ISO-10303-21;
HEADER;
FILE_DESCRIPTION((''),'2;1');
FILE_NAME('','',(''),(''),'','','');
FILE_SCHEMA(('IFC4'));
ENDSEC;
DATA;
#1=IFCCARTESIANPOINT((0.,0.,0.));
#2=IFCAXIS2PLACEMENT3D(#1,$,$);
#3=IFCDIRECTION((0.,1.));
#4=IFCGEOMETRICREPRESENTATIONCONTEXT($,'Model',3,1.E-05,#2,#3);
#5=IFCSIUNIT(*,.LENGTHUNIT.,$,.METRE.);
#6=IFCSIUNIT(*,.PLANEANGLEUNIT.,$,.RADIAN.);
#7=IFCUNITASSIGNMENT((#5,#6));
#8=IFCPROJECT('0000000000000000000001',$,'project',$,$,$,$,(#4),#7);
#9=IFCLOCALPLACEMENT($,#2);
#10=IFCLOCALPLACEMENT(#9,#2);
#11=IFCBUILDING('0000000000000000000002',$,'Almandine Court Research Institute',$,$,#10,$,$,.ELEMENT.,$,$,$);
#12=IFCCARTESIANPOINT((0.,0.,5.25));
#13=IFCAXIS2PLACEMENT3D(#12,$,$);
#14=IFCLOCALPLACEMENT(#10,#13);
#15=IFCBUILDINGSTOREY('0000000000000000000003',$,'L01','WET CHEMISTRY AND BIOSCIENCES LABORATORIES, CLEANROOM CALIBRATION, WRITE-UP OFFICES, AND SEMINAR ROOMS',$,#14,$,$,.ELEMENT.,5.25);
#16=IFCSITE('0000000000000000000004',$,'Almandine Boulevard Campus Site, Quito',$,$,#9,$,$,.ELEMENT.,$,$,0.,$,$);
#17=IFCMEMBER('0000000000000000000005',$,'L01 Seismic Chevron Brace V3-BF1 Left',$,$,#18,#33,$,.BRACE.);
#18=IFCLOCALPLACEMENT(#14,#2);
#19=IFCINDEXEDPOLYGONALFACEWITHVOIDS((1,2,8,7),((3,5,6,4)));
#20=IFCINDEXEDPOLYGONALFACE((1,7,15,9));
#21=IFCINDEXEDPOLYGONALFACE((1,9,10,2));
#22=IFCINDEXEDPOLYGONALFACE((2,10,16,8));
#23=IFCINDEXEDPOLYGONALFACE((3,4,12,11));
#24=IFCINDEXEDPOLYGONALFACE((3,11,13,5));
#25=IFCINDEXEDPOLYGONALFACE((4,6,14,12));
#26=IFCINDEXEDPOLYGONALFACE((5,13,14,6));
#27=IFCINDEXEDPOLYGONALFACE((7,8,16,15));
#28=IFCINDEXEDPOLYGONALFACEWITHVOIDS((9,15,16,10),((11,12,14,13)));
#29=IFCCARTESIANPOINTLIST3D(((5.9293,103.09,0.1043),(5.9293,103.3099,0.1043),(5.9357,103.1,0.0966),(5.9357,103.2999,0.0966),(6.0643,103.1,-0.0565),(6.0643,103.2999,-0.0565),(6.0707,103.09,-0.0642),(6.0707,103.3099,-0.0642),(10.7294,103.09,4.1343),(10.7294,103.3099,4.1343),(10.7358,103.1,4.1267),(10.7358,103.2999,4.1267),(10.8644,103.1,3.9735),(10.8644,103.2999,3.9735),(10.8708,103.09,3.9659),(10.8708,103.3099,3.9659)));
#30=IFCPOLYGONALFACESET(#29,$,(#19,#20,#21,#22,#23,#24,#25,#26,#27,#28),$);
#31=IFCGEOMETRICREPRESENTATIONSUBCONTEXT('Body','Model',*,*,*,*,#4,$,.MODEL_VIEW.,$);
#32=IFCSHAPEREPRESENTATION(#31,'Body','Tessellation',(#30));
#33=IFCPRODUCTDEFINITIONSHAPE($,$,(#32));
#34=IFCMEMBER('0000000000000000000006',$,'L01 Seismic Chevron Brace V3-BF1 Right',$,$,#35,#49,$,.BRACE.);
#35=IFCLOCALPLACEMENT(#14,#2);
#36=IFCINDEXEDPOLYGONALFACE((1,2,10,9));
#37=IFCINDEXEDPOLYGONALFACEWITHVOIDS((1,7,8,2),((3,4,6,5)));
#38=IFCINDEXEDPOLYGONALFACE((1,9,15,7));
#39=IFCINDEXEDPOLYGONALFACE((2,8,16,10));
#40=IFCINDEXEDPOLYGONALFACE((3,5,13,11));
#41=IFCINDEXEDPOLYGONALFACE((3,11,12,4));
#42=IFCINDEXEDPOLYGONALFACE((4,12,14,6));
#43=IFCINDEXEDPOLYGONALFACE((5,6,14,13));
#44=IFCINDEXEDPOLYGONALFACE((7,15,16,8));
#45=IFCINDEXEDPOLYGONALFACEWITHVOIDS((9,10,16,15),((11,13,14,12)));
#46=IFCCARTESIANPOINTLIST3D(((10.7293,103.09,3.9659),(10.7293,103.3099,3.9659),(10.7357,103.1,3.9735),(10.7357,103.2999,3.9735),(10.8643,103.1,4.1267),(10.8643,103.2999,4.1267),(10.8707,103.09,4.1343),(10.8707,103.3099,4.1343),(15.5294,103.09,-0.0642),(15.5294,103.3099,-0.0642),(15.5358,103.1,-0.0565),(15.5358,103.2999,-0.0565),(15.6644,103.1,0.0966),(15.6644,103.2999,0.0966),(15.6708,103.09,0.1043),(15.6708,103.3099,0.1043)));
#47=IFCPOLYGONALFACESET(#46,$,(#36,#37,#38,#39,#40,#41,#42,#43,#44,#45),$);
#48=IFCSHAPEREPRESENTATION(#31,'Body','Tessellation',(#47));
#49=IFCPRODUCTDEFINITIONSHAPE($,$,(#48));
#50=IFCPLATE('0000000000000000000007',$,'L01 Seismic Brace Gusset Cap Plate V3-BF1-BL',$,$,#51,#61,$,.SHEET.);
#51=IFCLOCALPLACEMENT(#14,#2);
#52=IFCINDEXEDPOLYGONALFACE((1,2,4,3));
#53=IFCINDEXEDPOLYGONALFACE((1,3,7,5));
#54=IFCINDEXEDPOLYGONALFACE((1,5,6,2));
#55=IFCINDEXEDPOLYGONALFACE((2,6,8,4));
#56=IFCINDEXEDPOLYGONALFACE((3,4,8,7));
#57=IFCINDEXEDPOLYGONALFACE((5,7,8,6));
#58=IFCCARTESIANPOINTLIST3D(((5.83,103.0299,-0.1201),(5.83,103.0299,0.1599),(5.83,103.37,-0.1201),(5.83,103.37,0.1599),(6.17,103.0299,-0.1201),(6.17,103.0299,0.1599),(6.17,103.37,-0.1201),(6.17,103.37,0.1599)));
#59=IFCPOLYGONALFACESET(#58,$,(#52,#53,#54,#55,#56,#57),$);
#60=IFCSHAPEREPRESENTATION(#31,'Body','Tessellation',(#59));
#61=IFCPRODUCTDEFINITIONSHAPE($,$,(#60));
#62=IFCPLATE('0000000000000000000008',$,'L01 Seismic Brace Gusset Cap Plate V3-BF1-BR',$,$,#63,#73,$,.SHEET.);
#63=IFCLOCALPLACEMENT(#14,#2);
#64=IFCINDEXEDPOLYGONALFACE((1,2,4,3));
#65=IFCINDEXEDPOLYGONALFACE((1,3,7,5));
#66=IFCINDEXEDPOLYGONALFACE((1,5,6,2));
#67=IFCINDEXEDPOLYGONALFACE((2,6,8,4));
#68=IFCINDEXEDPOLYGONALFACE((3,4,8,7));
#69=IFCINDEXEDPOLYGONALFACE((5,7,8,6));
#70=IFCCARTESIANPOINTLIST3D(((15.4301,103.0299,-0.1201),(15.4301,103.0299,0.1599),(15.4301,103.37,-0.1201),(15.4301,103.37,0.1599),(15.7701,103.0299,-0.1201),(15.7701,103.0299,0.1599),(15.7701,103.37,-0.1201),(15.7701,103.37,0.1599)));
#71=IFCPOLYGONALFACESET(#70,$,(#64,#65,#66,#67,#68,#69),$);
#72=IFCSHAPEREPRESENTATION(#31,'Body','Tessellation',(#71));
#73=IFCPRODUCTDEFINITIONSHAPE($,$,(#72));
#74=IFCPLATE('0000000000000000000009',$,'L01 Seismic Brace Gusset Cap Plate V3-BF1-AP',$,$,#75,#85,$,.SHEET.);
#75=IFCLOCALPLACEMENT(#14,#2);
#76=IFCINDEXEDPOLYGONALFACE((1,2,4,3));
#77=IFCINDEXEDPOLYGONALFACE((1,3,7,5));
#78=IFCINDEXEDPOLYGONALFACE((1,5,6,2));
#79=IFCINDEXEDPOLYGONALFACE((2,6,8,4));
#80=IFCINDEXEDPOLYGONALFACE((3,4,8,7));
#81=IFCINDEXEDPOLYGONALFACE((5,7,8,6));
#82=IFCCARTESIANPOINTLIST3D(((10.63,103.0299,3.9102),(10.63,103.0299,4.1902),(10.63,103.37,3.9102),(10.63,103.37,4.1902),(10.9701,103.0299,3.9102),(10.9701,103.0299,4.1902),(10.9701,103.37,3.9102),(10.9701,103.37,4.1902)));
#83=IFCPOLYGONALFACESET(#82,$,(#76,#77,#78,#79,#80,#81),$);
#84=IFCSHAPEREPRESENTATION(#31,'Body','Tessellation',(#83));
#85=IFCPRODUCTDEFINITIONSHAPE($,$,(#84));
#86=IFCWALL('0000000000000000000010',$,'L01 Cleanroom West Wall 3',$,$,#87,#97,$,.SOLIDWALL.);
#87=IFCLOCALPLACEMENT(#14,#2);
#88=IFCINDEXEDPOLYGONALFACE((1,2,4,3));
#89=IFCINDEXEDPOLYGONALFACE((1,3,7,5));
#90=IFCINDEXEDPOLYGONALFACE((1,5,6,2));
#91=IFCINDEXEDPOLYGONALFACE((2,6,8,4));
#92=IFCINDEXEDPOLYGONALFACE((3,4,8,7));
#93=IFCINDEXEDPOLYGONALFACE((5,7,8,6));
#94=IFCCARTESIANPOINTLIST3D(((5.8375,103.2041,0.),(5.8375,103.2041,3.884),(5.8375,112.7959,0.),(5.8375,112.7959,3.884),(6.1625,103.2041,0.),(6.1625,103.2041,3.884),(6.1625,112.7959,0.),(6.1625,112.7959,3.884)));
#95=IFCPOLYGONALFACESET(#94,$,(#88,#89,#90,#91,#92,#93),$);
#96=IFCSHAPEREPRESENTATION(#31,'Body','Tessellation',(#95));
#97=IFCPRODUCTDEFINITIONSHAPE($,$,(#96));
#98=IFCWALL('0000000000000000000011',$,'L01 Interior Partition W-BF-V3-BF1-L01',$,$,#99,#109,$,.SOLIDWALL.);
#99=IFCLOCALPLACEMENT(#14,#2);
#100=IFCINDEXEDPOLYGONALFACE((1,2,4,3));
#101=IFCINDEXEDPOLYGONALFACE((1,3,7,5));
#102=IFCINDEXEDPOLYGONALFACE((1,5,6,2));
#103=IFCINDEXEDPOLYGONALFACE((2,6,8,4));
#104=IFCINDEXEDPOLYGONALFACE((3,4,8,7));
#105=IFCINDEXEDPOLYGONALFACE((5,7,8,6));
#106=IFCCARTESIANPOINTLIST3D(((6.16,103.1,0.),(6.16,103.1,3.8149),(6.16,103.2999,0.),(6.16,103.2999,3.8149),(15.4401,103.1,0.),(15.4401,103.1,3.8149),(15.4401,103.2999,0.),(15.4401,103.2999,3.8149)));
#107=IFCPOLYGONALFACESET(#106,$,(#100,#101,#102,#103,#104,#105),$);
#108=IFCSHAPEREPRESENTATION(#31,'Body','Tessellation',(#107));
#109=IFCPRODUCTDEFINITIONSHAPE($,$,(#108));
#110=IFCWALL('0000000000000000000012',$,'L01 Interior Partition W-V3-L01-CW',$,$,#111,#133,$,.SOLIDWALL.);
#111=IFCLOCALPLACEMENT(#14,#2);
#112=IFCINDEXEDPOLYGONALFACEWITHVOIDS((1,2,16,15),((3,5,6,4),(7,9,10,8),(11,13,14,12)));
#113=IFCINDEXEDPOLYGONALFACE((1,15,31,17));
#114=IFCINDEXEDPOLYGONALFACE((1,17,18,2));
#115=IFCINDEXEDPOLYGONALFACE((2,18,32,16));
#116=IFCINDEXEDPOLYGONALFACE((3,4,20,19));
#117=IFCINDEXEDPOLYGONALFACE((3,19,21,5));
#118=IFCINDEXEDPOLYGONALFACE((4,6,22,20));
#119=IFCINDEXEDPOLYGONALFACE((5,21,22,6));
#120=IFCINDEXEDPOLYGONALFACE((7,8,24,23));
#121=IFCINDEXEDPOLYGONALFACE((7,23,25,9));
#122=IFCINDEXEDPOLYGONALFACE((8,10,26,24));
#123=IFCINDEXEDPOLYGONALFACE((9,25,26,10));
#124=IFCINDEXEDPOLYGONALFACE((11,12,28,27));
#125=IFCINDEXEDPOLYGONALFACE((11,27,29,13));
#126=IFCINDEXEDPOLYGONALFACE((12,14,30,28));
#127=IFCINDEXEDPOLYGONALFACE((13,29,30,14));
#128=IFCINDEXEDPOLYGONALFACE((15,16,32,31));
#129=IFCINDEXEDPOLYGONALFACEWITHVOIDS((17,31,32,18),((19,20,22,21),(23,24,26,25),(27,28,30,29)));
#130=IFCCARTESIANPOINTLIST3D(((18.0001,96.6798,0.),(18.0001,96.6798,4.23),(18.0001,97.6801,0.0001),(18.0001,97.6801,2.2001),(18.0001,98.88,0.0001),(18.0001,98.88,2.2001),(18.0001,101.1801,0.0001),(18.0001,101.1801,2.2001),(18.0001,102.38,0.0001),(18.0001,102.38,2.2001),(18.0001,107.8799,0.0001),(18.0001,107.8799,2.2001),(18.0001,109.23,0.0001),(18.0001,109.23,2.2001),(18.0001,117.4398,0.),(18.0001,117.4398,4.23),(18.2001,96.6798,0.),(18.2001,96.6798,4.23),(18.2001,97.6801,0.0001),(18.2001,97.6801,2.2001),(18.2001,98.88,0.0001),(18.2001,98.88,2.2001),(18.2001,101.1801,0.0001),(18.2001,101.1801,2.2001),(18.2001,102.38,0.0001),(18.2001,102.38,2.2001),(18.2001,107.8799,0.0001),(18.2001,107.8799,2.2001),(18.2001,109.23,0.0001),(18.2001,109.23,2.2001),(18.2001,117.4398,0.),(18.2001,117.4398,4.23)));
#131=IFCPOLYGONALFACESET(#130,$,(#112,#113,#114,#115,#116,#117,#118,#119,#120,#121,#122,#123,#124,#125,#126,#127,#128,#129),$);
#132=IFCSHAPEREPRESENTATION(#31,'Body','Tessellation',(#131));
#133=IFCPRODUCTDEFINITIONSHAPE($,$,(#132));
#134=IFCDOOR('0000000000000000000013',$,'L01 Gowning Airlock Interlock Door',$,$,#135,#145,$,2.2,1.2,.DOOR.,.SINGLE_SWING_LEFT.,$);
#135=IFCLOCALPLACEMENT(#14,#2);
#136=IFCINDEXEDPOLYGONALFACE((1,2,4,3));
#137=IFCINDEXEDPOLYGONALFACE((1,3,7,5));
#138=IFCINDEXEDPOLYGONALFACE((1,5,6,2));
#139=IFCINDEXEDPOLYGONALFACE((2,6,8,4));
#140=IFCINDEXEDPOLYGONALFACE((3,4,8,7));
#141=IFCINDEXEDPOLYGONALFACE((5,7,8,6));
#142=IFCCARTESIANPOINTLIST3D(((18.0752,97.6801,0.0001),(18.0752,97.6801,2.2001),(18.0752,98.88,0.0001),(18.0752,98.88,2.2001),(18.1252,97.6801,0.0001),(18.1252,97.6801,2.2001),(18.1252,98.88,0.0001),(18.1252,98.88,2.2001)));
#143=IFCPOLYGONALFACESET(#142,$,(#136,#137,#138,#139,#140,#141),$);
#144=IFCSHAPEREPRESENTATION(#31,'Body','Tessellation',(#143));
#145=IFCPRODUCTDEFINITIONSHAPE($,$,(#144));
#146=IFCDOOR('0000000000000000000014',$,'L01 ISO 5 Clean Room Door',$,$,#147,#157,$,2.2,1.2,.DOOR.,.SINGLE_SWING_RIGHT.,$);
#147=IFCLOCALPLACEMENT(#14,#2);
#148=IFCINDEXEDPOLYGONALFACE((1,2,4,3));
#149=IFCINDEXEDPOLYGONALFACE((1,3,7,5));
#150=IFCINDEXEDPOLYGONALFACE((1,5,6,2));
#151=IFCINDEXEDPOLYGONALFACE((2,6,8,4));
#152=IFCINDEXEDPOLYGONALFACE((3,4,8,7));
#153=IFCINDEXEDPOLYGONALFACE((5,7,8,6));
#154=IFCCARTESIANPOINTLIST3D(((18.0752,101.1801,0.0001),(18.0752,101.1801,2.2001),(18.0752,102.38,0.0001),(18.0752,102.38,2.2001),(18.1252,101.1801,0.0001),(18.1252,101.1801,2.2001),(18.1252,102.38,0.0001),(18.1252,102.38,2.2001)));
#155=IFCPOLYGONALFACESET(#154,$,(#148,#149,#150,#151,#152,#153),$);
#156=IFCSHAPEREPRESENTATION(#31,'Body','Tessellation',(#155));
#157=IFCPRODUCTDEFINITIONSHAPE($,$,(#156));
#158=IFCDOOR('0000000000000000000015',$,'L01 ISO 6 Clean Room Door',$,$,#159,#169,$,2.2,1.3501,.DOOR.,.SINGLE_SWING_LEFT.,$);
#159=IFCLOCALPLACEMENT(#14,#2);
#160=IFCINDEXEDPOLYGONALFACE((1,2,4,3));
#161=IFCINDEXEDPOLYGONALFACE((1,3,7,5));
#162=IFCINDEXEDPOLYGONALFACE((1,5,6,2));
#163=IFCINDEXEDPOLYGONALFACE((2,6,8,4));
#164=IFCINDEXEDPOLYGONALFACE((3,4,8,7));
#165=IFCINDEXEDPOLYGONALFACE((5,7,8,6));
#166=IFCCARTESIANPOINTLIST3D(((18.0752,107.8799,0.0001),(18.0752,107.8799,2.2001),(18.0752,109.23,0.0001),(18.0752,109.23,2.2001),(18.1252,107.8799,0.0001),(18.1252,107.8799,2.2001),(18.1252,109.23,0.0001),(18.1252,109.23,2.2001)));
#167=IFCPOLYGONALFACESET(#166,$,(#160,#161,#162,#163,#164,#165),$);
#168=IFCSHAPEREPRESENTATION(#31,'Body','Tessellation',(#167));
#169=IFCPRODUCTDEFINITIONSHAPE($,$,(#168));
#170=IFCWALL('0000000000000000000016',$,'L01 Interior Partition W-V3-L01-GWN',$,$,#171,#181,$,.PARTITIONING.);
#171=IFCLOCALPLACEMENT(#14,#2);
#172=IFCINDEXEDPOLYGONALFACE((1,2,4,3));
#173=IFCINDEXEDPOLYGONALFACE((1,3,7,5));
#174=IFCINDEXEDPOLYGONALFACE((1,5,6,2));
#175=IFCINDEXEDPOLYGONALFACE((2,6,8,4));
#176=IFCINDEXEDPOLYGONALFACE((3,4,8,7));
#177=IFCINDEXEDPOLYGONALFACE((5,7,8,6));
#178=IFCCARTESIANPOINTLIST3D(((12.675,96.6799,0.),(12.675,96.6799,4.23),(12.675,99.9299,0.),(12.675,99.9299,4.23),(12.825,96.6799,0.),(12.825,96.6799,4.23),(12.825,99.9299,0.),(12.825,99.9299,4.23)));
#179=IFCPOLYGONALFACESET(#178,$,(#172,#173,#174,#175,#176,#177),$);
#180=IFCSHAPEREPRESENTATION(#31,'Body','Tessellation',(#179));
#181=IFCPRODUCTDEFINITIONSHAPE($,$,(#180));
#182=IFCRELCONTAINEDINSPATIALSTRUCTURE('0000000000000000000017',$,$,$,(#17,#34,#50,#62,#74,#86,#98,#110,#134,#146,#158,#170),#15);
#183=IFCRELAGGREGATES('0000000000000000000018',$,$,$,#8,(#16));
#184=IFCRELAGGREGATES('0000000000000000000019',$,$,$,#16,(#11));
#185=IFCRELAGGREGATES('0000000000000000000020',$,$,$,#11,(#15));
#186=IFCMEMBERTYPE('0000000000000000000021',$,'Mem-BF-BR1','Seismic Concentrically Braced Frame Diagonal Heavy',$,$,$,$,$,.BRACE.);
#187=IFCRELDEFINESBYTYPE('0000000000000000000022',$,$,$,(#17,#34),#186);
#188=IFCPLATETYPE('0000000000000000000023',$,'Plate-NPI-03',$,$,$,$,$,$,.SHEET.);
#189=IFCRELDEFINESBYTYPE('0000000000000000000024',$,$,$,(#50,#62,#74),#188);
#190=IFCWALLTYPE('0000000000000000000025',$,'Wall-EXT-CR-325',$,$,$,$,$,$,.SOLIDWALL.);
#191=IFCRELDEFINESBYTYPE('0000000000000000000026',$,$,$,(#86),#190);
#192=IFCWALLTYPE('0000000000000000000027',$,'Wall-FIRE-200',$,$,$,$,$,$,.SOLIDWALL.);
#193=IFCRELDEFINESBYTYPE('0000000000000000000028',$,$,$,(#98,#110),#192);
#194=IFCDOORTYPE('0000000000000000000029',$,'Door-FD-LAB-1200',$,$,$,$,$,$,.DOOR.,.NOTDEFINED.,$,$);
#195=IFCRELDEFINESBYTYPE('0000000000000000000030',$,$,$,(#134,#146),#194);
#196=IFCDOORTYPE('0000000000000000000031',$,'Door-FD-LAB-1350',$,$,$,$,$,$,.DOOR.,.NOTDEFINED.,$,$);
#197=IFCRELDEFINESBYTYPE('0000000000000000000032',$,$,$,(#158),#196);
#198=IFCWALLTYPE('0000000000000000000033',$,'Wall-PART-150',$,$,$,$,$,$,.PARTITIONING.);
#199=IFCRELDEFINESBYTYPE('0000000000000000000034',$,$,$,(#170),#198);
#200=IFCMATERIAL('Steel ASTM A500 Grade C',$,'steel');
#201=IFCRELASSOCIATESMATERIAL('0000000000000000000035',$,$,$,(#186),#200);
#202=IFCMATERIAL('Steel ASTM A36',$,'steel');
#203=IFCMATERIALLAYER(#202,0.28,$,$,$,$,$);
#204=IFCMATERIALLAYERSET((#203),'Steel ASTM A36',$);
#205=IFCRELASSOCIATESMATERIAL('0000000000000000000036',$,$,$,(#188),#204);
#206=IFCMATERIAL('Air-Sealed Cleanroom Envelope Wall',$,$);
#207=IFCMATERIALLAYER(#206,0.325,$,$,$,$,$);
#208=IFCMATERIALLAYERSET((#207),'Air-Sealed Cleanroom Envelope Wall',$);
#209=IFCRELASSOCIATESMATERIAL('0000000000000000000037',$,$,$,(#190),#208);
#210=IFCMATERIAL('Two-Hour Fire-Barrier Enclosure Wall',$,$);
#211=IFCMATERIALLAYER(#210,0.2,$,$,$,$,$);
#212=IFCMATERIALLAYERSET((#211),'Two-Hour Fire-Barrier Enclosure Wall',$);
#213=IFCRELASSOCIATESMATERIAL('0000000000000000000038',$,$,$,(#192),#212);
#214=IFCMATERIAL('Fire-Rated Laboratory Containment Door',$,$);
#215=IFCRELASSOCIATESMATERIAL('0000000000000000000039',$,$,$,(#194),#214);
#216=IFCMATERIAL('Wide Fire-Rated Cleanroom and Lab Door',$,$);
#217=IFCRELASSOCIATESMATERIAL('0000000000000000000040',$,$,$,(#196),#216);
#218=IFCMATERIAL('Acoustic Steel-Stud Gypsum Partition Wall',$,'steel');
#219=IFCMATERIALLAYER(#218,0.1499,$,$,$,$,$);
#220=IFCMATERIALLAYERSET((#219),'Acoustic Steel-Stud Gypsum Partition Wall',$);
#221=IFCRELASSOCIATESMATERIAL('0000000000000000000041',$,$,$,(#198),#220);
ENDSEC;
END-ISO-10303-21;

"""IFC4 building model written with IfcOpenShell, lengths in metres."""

from ifc_helpers import new_model, si_unit, direction, frame, frame_2d, origin, origin_2d, place, context, subcontext, project, spatial, rectangle, hollow_rectangle, extrude, material, layer, layer_set, material_profile, profile_set, type_object, element, fill, save


model = new_model("IFC4")

# Units and contexts
model_context = context("Model", 3, precision=1e-05, world=origin(), true_north=direction((0.0, 1.0)))
body_context = subcontext(model_context, "Body", "Model", "MODEL_VIEW")
ifc_project = project(units=[si_unit("LENGTHUNIT", "METRE"), si_unit("PLANEANGLEUNIT", "RADIAN")], contexts=[model_context])

# Site, building, storey
site_placement = place(None, origin())
site = spatial("IfcSite", under=ifc_project, at=site_placement, Name="Almandine Boulevard Campus Site, Quito", CompositionType="ELEMENT", RefElevation=0.0)
building_placement = place(site_placement, origin())
building = spatial("IfcBuilding", under=site, at=building_placement, Name="Almandine Court Research Institute", CompositionType="ELEMENT")
storey_placement = place(building_placement, frame((0.0, 0.0, 5.25)))
storey = spatial("IfcBuildingStorey", under=building, at=storey_placement, Name="L01", Description="WET CHEMISTRY AND BIOSCIENCES LABORATORIES, CLEANROOM CALIBRATION, WRITE-UP OFFICES, AND SEMINAR ROOMS", CompositionType="ELEMENT", Elevation=5.25)

# Members
ifc_material_1 = material(Name="Steel ASTM A500 Grade C", Category="steel")
ifc_material_profile_1 = material_profile(ifc_material_1, hollow_rectangle(XDim=0.22, YDim=0.22, WallThickness=0.01, at=origin_2d()), Name="HSS 220x220x10")
ifc_profile_set_1 = profile_set([ifc_material_profile_1], Name="Steel ASTM A500 Grade C")
member_type = type_object("IfcMemberType", Name="Mem-BF-BR1", Description="Seismic Concentrically Braced Frame Diagonal Heavy", PredefinedType="BRACE", material=ifc_profile_set_1)
for number, where, z_axis, x_axis, name in (
    (1, (6.0, 103.2, 0.02), (0.765863, 0.0, 0.643004), (0.0, 1.0, 0.0), "L01 Seismic Chevron Brace V3-BF1 Left"),
    (2, (15.6001, 103.2, 0.02), (-0.765863, 0.0, 0.643004), (0.0, -1.0, 0.0), "L01 Seismic Chevron Brace V3-BF1 Right"),
):
    element("IfcMember", number, at=place(storey_placement, frame(where, z_axis=z_axis, x_axis=x_axis)), inside=storey, type_object=member_type, Name=name, PredefinedType="BRACE", context=body_context, shape_type="SweptSolid", body=[
        extrude(hollow_rectangle(XDim=0.22, YDim=0.22, WallThickness=0.01, at=origin_2d()), origin(), (0.0, 0.0, 1.0), 6.2676),
    ])

# Plates
ifc_material_2 = material(Name="Steel ASTM A36", Category="steel")
ifc_layer_1 = layer(ifc_material_2, 0.28)
ifc_layer_set_1 = layer_set([ifc_layer_1], Name="Steel ASTM A36")
plate_type = type_object("IfcPlateType", Name="Plate-NPI-03", PredefinedType="SHEET", material=ifc_layer_set_1)
for number, where, z_axis, x_axis, name in (
    (3, (6.0, 103.2, -0.1201), (0.0, 0.0, 1.0), (1.0, 0.0, 0.0), "L01 Seismic Brace Gusset Cap Plate V3-BF1-BL"),
    (4, (15.6001, 103.2, -0.1201), (0.0, 0.0, 1.0), (1.0, 0.0, 0.0), "L01 Seismic Brace Gusset Cap Plate V3-BF1-BR"),
    (5, (10.8, 103.2, 3.9102), (0.0, 0.0, 1.0), (1.0, 0.0, 0.0), "L01 Seismic Brace Gusset Cap Plate V3-BF1-AP"),
):
    element("IfcPlate", number, at=place(storey_placement, frame(where, z_axis=z_axis, x_axis=x_axis)), inside=storey, type_object=plate_type, Name=name, PredefinedType="SHEET", context=body_context, shape_type="SweptSolid", body=[
        extrude(rectangle(XDim=0.3401, YDim=0.3401, at=origin_2d()), origin(), (0.0, 0.0, 1.0), 0.28),
    ])

# Walls
ifc_material_3 = material(Name="Air-Sealed Cleanroom Envelope Wall")
ifc_layer_2 = layer(ifc_material_3, 0.325)
ifc_layer_set_2 = layer_set([ifc_layer_2], Name="Air-Sealed Cleanroom Envelope Wall")
wall_type_1 = type_object("IfcWallType", Name="Wall-EXT-CR-325", PredefinedType="SOLIDWALL", material=ifc_layer_set_2)
wall_1_placement = place(storey_placement, frame((6.0, 103.2041, 0.0), z_axis=(0.0, 0.0, 1.0), x_axis=(0.0, 1.0, 0.0)))
element("IfcWall", 6, at=wall_1_placement, inside=storey, type_object=wall_type_1, Name="L01 Cleanroom West Wall 3", PredefinedType="SOLIDWALL", context=body_context, shape_type="SweptSolid", body=[
    extrude(rectangle(XDim=9.5918, YDim=0.325, at=frame_2d((4.7959, 0.0))), origin(), (0.0, 0.0, 1.0), 3.884),
])
ifc_material_4 = material(Name="Two-Hour Fire-Barrier Enclosure Wall")
ifc_layer_3 = layer(ifc_material_4, 0.2)
ifc_layer_set_3 = layer_set([ifc_layer_3], Name="Two-Hour Fire-Barrier Enclosure Wall")
wall_type_2 = type_object("IfcWallType", Name="Wall-FIRE-200", PredefinedType="SOLIDWALL", material=ifc_layer_set_3)
wall_2_placement = place(storey_placement, frame((6.1599, 103.2, 0.0), z_axis=(0.0, 0.0, 1.0), x_axis=(1.0, 0.0, 0.0)))
element("IfcWall", 7, at=wall_2_placement, inside=storey, type_object=wall_type_2, Name="L01 Interior Partition W-BF-V3-BF1-L01", PredefinedType="SOLIDWALL", context=body_context, shape_type="SweptSolid", body=[
    extrude(rectangle(XDim=9.28, YDim=0.2, at=frame_2d((4.6401, 0.0))), origin(), (0.0, 0.0, 1.0), 3.8149),
])

# Wall, openings, doors
wall_3_placement = place(storey_placement, frame((18.1001, 96.6799, 0.0), z_axis=(0.0, 0.0, 1.0), x_axis=(0.0, 1.0, 0.0)))
wall_3 = element("IfcWall", 8, at=wall_3_placement, inside=storey, type_object=wall_type_2, Name="L01 Interior Partition W-V3-L01-CW", PredefinedType="SOLIDWALL", context=body_context, shape_type="SweptSolid", body=[
    extrude(rectangle(XDim=20.76, YDim=0.2, at=frame_2d((10.3799, 0.0))), origin(), (0.0, 0.0, 1.0), 4.23),
])
opening_1_placement = place(wall_3_placement, frame((1.0, 0.0, 0.0)))
opening_1 = element("IfcOpeningElement", 9, at=opening_1_placement, cuts=wall_3, PredefinedType="OPENING", context=body_context, shape_type="SweptSolid", body=[
    extrude(rectangle(XDim=1.2, YDim=2.2, at=frame_2d((0.6001, 1.1001))), frame((0.0, 0.1099, 0.0), z_axis=(0.0, -1.0, 0.0), x_axis=(1.0, 0.0, 0.0)), (0.0, 0.0, 1.0), 0.22),
])
opening_2_placement = place(wall_3_placement, frame((4.5, 0.0, 0.0)))
opening_2 = element("IfcOpeningElement", 10, at=opening_2_placement, cuts=wall_3, PredefinedType="OPENING", context=body_context, shape_type="SweptSolid", body=[
    extrude(rectangle(XDim=1.2, YDim=2.2, at=frame_2d((0.6001, 1.1001))), frame((0.0, 0.1099, 0.0), z_axis=(0.0, -1.0, 0.0), x_axis=(1.0, 0.0, 0.0)), (0.0, 0.0, 1.0), 0.22),
])
opening_3_placement = place(wall_3_placement, frame((11.2, 0.0, 0.0)))
opening_3 = element("IfcOpeningElement", 11, at=opening_3_placement, cuts=wall_3, PredefinedType="OPENING", context=body_context, shape_type="SweptSolid", body=[
    extrude(rectangle(XDim=1.3501, YDim=2.2, at=frame_2d((0.675, 1.1001))), frame((0.0, 0.1099, 0.0), z_axis=(0.0, -1.0, 0.0), x_axis=(1.0, 0.0, 0.0)), (0.0, 0.0, 1.0), 0.22),
])
ifc_material_5 = material(Name="Fire-Rated Laboratory Containment Door")
door_type_1 = type_object("IfcDoorType", Name="Door-FD-LAB-1200", OperationType="NOTDEFINED", PredefinedType="DOOR", material=ifc_material_5)
door_1_placement = place(opening_1_placement, origin())
door_1 = element("IfcDoor", 12, at=door_1_placement, inside=storey, type_object=door_type_1, Name="L01 Gowning Airlock Interlock Door", OperationType="SINGLE_SWING_LEFT", OverallHeight=2.2, OverallWidth=1.2, PredefinedType="DOOR", context=body_context, shape_type="SweptSolid", body=[
    extrude(rectangle(XDim=1.2, YDim=2.2, at=frame_2d((0.6001, 1.1001))), frame((0.0, 0.0249, 0.0), z_axis=(0.0, -1.0, 0.0), x_axis=(1.0, 0.0, 0.0)), (0.0, 0.0, 1.0), 0.05),
])
fill(opening_1, door_1)
door_2_placement = place(opening_2_placement, origin())
door_2 = element("IfcDoor", 13, at=door_2_placement, inside=storey, type_object=door_type_1, Name="L01 ISO 5 Clean Room Door", OperationType="SINGLE_SWING_RIGHT", OverallHeight=2.2, OverallWidth=1.2, PredefinedType="DOOR", context=body_context, shape_type="SweptSolid", body=[
    extrude(rectangle(XDim=1.2, YDim=2.2, at=frame_2d((0.6001, 1.1001))), frame((0.0, 0.0249, 0.0), z_axis=(0.0, -1.0, 0.0), x_axis=(1.0, 0.0, 0.0)), (0.0, 0.0, 1.0), 0.05),
])
fill(opening_2, door_2)
ifc_material_6 = material(Name="Wide Fire-Rated Cleanroom and Lab Door")
door_type_2 = type_object("IfcDoorType", Name="Door-FD-LAB-1350", OperationType="NOTDEFINED", PredefinedType="DOOR", material=ifc_material_6)
door_3_placement = place(opening_3_placement, origin())
door_3 = element("IfcDoor", 14, at=door_3_placement, inside=storey, type_object=door_type_2, Name="L01 ISO 6 Clean Room Door", OperationType="SINGLE_SWING_LEFT", OverallHeight=2.2, OverallWidth=1.3501, PredefinedType="DOOR", context=body_context, shape_type="SweptSolid", body=[
    extrude(rectangle(XDim=1.3501, YDim=2.2, at=frame_2d((0.675, 1.1001))), frame((0.0, 0.0249, 0.0), z_axis=(0.0, -1.0, 0.0), x_axis=(1.0, 0.0, 0.0)), (0.0, 0.0, 1.0), 0.05),
])
fill(opening_3, door_3)

# Wall
ifc_material_7 = material(Name="Acoustic Steel-Stud Gypsum Partition Wall", Category="steel")
ifc_layer_4 = layer(ifc_material_7, 0.1499)
ifc_layer_set_4 = layer_set([ifc_layer_4], Name="Acoustic Steel-Stud Gypsum Partition Wall")
wall_type_3 = type_object("IfcWallType", Name="Wall-PART-150", PredefinedType="PARTITIONING", material=ifc_layer_set_4)
wall_4_placement = place(storey_placement, frame((12.75, 96.6799, 0.0), z_axis=(0.0, 0.0, 1.0), x_axis=(0.0, 1.0, 0.0)))
element("IfcWall", 15, at=wall_4_placement, inside=storey, type_object=wall_type_3, Name="L01 Interior Partition W-V3-L01-GWN", PredefinedType="PARTITIONING", context=body_context, shape_type="SweptSolid", body=[
    extrude(rectangle(XDim=3.25, YDim=0.1499, at=frame_2d((1.625, 0.0))), origin(), (0.0, 0.0, 1.0), 4.23),
])

save(model, "model.ifc")
